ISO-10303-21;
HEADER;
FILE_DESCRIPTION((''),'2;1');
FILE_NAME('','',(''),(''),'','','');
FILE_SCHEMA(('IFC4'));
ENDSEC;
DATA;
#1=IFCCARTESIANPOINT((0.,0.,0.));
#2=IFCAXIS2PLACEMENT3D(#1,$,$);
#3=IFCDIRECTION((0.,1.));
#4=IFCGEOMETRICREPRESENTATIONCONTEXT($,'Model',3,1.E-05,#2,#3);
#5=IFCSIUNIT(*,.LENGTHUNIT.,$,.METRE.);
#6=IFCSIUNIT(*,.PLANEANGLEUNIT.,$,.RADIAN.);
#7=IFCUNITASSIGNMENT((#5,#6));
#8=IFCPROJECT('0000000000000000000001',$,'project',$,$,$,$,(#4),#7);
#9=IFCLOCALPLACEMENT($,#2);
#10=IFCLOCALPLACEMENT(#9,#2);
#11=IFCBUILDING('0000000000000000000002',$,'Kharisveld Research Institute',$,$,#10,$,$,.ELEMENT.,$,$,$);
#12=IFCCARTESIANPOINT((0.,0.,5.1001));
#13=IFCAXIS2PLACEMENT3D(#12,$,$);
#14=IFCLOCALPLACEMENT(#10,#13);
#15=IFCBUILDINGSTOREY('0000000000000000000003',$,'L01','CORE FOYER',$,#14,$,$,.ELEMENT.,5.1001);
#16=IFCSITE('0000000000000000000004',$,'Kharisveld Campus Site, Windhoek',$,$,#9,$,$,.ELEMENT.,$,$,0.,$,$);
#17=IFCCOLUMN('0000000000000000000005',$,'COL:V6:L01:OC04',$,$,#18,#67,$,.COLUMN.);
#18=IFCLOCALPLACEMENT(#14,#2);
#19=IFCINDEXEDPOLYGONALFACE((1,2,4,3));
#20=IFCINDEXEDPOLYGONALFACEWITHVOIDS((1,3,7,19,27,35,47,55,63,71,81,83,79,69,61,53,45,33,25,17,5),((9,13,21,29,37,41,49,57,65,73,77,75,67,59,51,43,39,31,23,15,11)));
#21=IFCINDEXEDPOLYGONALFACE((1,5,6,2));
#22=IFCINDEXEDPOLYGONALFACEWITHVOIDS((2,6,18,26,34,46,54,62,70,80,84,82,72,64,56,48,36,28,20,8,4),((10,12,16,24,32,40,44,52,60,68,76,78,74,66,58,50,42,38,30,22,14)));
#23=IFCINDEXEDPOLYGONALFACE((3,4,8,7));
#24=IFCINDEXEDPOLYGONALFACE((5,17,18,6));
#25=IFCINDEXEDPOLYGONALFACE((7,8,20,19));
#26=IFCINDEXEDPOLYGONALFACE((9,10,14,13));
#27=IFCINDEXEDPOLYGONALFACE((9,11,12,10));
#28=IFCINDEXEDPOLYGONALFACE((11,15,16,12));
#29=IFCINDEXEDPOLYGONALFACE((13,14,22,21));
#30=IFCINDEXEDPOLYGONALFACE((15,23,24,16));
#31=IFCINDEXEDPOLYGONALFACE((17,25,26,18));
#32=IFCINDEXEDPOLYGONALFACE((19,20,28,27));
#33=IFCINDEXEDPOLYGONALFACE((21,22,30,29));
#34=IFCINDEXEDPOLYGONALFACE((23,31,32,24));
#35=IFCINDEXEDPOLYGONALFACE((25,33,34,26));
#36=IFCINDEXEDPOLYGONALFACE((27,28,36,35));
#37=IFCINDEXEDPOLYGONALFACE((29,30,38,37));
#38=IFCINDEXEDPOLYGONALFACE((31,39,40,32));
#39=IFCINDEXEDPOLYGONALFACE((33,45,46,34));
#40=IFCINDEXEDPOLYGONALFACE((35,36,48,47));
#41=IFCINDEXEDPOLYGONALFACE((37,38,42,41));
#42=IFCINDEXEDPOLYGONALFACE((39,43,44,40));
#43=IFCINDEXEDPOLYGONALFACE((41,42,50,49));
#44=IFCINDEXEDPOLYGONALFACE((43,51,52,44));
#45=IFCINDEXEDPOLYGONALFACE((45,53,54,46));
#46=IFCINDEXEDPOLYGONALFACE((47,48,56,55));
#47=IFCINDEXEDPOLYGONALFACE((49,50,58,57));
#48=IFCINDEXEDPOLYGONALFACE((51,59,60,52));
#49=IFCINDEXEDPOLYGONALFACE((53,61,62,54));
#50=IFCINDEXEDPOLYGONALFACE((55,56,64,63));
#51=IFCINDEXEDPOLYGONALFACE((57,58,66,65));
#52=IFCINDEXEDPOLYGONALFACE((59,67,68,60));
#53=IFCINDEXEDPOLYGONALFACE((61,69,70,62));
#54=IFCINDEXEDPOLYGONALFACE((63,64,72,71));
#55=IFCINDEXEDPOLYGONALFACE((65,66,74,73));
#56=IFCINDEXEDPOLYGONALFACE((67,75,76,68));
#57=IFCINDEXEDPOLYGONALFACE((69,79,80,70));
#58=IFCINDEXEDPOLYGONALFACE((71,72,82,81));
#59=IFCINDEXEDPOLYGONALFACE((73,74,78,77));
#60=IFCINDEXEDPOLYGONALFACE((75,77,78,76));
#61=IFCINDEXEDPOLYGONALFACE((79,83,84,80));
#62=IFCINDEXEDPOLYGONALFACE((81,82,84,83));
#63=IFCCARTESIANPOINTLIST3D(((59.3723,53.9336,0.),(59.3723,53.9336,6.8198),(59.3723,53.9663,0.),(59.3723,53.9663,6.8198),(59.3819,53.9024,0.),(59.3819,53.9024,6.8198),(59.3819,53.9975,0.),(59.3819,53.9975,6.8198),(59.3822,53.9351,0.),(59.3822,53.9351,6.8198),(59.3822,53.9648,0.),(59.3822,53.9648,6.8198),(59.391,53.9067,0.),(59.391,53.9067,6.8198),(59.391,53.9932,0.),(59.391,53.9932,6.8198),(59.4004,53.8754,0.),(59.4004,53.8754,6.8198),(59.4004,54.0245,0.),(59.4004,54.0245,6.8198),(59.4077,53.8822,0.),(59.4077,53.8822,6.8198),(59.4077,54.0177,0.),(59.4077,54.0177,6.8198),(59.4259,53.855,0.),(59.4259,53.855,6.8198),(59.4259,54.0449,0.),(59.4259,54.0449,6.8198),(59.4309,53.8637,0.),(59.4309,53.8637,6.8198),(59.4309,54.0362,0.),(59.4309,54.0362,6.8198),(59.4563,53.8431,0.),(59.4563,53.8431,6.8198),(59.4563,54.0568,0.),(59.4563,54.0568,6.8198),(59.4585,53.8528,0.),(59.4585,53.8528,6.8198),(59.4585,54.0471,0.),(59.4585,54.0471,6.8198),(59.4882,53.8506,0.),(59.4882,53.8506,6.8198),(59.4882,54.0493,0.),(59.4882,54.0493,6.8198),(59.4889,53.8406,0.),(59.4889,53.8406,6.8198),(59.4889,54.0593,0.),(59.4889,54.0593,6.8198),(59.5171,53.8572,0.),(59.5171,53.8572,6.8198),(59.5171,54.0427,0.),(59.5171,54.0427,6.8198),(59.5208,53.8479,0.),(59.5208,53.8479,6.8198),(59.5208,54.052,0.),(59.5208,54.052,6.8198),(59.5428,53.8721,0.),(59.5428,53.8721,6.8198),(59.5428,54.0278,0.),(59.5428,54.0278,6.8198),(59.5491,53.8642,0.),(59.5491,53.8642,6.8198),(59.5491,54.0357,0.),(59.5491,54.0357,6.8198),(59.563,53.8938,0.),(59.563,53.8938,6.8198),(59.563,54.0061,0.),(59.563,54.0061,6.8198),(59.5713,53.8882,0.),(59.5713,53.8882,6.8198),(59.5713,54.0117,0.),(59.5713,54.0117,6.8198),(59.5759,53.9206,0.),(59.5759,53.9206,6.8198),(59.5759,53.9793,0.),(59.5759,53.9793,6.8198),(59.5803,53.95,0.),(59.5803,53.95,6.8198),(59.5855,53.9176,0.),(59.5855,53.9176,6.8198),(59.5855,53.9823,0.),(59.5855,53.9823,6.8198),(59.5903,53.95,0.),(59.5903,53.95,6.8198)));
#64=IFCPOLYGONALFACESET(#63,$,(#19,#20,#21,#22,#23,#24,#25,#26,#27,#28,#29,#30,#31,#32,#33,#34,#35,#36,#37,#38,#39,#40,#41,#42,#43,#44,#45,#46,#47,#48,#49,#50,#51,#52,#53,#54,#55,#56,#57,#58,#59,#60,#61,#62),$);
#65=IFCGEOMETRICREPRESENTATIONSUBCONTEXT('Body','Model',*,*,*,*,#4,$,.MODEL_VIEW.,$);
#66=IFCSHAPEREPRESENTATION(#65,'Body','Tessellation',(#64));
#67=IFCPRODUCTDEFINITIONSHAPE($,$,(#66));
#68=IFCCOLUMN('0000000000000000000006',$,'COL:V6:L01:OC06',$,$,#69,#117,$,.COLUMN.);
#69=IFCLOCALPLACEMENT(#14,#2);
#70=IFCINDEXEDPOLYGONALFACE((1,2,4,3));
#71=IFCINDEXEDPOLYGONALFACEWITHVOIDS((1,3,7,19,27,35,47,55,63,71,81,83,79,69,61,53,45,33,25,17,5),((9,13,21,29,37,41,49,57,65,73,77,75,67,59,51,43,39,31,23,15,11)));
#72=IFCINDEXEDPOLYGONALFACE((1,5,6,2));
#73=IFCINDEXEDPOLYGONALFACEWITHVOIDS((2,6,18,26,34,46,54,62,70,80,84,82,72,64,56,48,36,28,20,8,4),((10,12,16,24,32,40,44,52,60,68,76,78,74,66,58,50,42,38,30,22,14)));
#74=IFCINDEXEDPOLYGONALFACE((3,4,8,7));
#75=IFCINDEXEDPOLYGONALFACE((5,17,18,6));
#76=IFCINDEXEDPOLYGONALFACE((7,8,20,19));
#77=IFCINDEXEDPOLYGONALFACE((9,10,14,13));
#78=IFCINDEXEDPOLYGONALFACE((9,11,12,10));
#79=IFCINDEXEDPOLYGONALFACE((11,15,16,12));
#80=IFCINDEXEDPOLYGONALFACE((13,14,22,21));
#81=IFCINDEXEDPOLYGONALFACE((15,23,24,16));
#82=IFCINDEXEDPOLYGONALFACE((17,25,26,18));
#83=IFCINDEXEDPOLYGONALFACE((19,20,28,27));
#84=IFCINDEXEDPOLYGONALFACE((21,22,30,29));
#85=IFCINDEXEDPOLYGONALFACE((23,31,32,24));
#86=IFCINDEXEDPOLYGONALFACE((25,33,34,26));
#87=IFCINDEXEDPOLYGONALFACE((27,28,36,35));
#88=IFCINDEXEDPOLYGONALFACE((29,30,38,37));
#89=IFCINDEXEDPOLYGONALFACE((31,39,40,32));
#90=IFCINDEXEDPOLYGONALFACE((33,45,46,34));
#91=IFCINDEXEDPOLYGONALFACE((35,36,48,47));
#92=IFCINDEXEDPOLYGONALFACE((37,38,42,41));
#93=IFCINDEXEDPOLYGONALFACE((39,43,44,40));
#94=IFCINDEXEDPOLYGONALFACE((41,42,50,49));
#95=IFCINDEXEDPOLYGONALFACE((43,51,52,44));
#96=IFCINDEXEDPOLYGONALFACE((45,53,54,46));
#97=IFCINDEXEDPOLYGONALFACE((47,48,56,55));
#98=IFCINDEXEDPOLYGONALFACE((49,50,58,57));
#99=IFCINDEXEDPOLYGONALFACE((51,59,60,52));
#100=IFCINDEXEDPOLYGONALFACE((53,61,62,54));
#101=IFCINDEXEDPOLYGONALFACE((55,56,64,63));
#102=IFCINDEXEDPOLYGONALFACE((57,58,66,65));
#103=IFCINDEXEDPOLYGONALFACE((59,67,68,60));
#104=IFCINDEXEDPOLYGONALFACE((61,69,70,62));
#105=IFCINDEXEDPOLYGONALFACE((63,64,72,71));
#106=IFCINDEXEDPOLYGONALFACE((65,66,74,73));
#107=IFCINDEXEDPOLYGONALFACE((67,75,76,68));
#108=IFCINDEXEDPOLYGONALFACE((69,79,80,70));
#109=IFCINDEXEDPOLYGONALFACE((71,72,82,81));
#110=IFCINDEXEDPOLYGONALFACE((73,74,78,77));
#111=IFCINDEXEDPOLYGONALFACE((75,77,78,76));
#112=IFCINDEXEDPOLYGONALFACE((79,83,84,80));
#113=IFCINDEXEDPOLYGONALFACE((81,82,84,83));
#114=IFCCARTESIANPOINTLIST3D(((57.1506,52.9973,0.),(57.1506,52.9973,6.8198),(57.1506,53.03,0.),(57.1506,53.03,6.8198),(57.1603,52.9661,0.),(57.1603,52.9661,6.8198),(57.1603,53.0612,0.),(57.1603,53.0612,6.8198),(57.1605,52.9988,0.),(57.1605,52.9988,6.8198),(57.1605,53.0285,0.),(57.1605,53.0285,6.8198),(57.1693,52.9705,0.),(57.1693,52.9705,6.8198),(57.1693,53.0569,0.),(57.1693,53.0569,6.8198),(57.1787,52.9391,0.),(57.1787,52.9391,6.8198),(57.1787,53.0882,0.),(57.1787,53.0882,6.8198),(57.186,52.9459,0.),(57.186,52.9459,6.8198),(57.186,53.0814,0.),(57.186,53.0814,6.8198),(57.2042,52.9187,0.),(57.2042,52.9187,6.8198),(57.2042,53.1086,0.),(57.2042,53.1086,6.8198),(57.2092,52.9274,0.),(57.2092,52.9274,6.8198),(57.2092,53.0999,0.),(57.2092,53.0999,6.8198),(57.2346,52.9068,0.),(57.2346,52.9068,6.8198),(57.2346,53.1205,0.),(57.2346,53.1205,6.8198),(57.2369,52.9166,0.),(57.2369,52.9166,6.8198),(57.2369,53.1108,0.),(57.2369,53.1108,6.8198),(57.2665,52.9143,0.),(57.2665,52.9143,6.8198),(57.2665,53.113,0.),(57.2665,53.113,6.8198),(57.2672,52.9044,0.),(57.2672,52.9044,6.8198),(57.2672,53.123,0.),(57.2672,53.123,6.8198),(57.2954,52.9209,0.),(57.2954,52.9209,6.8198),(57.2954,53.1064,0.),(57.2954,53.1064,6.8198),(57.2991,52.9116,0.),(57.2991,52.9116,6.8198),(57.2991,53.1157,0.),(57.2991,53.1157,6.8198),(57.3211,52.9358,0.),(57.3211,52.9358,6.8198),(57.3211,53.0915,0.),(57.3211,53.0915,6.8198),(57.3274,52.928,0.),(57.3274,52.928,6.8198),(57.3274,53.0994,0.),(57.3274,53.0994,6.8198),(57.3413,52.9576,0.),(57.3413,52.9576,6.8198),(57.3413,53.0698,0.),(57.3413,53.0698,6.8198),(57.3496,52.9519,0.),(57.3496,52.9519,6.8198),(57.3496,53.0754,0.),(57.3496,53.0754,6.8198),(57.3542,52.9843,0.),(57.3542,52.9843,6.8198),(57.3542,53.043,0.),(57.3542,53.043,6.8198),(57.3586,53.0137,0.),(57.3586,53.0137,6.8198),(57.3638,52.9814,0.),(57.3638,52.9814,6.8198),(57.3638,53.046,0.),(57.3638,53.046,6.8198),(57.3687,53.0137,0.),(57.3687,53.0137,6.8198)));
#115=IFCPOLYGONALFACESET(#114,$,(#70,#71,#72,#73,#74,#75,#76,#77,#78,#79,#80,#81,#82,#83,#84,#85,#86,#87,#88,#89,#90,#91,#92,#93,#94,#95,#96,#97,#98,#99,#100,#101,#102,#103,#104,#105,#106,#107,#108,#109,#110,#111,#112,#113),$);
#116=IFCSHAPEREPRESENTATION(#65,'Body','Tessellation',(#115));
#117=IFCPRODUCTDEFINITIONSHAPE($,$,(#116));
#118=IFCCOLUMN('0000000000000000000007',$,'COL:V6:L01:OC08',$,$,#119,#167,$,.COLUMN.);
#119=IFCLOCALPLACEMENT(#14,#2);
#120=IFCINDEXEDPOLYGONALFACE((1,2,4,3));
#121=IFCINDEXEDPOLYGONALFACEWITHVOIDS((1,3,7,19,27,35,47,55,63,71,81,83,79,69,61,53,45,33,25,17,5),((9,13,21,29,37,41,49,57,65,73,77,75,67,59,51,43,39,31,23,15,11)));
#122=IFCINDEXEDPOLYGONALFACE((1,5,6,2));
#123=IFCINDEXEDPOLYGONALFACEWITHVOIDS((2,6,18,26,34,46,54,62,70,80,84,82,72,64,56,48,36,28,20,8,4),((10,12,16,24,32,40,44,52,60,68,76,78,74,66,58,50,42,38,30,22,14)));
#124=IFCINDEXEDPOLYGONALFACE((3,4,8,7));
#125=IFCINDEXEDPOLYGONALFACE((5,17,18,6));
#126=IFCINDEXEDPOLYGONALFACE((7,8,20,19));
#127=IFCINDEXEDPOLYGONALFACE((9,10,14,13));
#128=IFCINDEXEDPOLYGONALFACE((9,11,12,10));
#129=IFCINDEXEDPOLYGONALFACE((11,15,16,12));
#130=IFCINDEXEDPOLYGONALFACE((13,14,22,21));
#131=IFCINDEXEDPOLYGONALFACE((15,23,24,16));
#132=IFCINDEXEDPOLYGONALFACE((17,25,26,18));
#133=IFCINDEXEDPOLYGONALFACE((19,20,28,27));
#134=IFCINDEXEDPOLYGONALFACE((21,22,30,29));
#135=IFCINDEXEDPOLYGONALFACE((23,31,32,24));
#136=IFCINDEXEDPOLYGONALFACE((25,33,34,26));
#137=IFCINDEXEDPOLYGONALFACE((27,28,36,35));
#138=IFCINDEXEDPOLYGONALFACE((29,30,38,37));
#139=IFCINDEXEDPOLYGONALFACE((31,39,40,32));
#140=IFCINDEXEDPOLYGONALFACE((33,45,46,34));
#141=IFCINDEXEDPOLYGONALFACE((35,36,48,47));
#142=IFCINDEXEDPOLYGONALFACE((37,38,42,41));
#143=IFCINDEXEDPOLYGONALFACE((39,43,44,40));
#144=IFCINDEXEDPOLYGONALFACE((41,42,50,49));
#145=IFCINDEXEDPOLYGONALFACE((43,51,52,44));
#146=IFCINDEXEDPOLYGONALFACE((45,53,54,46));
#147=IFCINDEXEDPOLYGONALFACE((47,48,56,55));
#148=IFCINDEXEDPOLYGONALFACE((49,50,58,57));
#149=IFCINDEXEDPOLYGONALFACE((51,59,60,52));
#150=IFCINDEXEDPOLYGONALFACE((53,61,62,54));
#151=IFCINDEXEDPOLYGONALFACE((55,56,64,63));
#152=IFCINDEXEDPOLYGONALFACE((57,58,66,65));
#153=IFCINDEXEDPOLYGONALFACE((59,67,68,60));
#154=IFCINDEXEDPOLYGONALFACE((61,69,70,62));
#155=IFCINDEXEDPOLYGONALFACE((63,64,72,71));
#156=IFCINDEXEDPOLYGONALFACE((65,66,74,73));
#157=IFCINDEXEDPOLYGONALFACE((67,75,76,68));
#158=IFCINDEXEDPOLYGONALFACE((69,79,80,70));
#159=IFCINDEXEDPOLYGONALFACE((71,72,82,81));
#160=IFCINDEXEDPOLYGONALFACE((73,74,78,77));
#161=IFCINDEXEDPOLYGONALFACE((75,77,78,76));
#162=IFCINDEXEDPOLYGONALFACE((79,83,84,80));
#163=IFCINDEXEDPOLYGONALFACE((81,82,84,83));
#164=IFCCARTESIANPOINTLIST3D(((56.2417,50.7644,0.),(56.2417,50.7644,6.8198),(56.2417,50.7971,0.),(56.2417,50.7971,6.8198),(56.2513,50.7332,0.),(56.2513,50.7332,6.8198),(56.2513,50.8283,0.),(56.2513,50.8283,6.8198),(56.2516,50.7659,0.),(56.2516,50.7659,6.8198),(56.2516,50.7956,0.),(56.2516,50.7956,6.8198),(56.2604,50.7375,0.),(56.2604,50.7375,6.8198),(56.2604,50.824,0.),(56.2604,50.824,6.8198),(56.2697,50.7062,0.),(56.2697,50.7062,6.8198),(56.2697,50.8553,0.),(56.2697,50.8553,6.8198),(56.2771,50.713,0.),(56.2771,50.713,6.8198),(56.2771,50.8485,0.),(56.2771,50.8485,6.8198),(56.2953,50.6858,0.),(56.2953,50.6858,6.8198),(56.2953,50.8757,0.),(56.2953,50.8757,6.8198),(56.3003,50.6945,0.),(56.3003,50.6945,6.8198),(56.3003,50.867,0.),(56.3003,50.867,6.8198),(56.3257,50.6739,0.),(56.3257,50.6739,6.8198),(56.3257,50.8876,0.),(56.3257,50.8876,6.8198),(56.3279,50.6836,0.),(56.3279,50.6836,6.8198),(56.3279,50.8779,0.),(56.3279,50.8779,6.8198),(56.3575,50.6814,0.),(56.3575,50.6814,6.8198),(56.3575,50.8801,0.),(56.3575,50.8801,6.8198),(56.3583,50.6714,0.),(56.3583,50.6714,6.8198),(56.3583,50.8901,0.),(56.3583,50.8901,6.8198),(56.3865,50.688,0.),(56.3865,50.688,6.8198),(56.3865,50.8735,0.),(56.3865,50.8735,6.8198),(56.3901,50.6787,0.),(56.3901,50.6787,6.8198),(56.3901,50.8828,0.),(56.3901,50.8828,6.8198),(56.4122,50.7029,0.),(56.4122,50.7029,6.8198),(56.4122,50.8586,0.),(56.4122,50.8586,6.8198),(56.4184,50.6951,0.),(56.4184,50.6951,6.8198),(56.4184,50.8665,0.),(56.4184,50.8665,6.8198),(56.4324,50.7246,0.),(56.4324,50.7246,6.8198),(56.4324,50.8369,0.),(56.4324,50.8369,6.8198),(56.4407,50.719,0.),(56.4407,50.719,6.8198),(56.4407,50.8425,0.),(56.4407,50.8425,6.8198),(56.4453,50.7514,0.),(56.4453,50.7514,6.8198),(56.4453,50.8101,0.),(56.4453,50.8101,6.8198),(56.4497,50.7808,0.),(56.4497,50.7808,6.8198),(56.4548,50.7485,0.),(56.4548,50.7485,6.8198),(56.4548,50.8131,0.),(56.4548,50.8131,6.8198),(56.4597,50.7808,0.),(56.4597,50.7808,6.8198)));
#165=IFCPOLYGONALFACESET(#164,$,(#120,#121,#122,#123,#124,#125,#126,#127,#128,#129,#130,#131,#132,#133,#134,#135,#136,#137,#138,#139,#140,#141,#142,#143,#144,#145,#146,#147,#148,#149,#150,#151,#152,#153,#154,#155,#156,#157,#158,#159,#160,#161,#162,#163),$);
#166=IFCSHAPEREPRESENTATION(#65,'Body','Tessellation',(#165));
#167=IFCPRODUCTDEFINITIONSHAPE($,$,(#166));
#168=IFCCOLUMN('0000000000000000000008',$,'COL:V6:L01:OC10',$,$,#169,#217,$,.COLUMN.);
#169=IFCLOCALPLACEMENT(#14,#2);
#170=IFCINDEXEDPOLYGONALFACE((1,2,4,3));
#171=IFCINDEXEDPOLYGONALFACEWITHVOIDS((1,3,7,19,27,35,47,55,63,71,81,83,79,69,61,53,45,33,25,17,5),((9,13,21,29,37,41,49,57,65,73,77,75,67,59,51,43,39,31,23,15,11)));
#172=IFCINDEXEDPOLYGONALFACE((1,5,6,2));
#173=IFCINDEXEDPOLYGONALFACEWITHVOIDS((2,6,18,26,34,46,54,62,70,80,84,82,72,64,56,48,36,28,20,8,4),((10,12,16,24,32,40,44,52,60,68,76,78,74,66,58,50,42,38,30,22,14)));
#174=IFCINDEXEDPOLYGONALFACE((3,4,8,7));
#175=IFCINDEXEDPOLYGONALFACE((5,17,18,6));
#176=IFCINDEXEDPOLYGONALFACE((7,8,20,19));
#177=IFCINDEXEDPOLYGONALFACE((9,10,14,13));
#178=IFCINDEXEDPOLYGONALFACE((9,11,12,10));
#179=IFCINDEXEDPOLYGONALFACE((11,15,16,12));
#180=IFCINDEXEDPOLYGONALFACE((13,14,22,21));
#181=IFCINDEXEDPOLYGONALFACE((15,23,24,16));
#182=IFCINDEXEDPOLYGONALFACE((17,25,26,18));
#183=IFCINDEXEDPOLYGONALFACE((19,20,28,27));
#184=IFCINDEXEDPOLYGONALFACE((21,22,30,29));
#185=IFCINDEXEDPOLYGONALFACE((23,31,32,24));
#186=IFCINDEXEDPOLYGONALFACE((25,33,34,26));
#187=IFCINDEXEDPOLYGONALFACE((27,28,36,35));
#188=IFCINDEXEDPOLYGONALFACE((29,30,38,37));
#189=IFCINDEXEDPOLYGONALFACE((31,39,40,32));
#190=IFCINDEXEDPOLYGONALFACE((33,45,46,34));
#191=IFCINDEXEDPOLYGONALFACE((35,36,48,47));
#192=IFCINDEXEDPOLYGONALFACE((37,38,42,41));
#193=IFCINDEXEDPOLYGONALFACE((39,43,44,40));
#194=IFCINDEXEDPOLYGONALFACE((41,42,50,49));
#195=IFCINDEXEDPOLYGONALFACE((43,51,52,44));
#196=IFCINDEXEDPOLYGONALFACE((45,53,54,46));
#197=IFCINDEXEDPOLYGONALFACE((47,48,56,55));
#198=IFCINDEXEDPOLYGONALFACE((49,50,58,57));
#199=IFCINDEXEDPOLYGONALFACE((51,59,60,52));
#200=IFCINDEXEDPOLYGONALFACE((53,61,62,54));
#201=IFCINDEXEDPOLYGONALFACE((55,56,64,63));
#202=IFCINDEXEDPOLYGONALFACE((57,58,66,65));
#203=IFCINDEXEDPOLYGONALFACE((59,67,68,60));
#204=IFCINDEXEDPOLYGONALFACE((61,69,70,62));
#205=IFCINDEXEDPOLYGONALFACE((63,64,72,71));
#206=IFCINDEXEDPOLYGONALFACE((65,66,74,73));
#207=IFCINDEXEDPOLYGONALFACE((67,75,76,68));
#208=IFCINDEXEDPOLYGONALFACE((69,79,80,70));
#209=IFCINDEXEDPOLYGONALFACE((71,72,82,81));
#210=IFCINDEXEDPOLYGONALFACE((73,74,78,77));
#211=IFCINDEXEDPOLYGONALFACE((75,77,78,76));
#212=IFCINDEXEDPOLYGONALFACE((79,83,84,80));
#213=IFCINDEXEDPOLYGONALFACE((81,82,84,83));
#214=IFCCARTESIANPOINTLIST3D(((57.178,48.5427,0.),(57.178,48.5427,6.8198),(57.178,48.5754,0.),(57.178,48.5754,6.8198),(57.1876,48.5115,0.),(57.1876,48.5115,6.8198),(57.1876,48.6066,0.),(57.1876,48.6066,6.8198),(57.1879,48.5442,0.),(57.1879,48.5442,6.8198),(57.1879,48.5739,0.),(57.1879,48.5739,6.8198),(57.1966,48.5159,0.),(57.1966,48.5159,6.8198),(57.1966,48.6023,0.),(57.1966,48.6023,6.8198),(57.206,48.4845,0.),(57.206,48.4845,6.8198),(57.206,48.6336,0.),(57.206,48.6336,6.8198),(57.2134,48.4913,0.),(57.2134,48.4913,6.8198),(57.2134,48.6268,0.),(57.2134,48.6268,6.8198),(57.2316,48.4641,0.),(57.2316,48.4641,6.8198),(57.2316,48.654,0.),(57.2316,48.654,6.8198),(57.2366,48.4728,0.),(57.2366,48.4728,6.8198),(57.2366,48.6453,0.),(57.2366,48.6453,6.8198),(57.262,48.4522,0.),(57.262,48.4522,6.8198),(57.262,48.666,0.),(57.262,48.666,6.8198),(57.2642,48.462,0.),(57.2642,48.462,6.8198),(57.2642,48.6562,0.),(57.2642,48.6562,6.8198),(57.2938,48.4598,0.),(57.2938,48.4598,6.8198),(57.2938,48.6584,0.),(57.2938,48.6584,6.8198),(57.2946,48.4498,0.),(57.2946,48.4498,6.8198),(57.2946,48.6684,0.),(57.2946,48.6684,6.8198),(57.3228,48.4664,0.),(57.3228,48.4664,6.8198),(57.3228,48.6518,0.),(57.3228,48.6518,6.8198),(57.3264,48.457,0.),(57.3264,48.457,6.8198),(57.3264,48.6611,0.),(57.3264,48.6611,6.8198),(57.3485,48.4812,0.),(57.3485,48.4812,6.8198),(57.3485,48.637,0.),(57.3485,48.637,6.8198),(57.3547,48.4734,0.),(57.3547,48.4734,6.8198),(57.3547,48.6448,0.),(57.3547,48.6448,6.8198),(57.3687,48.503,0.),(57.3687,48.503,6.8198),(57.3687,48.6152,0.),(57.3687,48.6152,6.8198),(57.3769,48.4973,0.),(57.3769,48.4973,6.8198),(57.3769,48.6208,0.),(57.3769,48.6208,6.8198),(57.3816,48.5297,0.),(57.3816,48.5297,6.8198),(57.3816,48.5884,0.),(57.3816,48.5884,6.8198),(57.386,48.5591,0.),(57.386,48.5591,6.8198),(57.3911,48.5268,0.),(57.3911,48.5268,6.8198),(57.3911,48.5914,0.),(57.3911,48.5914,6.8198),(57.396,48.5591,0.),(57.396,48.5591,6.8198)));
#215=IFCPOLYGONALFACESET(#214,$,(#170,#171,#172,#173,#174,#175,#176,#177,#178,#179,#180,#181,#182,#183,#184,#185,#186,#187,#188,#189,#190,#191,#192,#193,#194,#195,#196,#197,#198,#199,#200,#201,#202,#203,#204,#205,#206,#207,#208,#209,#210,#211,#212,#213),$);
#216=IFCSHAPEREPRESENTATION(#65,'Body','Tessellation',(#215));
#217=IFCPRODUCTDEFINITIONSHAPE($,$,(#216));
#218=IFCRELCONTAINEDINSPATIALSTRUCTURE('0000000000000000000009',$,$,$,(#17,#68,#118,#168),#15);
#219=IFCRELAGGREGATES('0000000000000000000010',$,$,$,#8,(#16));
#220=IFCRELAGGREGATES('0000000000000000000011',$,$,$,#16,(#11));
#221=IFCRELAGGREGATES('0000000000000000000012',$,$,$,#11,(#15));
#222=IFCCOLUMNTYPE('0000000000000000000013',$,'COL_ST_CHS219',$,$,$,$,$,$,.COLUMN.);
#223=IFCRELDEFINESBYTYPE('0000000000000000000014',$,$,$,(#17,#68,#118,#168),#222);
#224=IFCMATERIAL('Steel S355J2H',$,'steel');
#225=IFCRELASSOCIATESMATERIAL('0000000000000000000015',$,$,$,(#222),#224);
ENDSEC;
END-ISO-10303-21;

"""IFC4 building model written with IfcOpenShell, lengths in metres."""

from ifc_helpers import new_model, si_unit, direction, frame, origin, origin_2d, place, context, subcontext, project, spatial, hollow_circle, extrude, material, material_profile, profile_set, type_object, element, save


model = new_model("IFC4")

# Units and contexts
model_context = context("Model", 3, precision=1e-05, world=origin(), true_north=direction((0.0, 1.0)))
body_context = subcontext(model_context, "Body", "Model", "MODEL_VIEW")
ifc_project = project(units=[si_unit("LENGTHUNIT", "METRE"), si_unit("PLANEANGLEUNIT", "RADIAN")], contexts=[model_context])

# Site, building, storey
site_placement = place(None, origin())
site = spatial("IfcSite", under=ifc_project, at=site_placement, Name="Kharisveld Campus Site, Windhoek", CompositionType="ELEMENT", RefElevation=0.0)
building_placement = place(site_placement, origin())
building = spatial("IfcBuilding", under=site, at=building_placement, Name="Kharisveld Research Institute", CompositionType="ELEMENT")
storey_placement = place(building_placement, frame((0.0, 0.0, 5.1001)))
storey = spatial("IfcBuildingStorey", under=building, at=storey_placement, Name="L01", Description="CORE FOYER", CompositionType="ELEMENT", Elevation=5.1001)

# Columns
ifc_material_1 = material(Name="Steel S355J2H", Category="steel")
ifc_material_profile_1 = material_profile(ifc_material_1, hollow_circle(Radius=0.1096, WallThickness=0.01, at=origin_2d()))
ifc_profile_set_1 = profile_set([ifc_material_profile_1], Name="Steel S355J2H")
column_type = type_object("IfcColumnType", Name="COL_ST_CHS219", PredefinedType="COLUMN", material=ifc_profile_set_1)
for number, where, z_axis, x_axis, name in (
    (1, (59.4807, 53.95, 0.0), (0.0, 0.0, 1.0), (1.0, 0.0, 0.0), "COL:V6:L01:OC04"),
    (2, (57.259, 53.0137, 0.0), (0.0, 0.0, 1.0), (1.0, 0.0, 0.0), "COL:V6:L01:OC06"),
    (3, (56.3501, 50.7808, 0.0), (0.0, 0.0, 1.0), (1.0, 0.0, 0.0), "COL:V6:L01:OC08"),
    (4, (57.2864, 48.5591, 0.0), (0.0, 0.0, 1.0), (1.0, 0.0, 0.0), "COL:V6:L01:OC10"),
):
    element("IfcColumn", number, at=place(storey_placement, frame(where, z_axis=z_axis, x_axis=x_axis)), inside=storey, type_object=column_type, Name=name, PredefinedType="COLUMN", context=body_context, shape_type="SweptSolid", body=[
        extrude(hollow_circle(Radius=0.1096, WallThickness=0.01, at=origin_2d()), origin(), (0.0, 0.0, 1.0), 6.8198),
    ])

save(model, "model.ifc")
